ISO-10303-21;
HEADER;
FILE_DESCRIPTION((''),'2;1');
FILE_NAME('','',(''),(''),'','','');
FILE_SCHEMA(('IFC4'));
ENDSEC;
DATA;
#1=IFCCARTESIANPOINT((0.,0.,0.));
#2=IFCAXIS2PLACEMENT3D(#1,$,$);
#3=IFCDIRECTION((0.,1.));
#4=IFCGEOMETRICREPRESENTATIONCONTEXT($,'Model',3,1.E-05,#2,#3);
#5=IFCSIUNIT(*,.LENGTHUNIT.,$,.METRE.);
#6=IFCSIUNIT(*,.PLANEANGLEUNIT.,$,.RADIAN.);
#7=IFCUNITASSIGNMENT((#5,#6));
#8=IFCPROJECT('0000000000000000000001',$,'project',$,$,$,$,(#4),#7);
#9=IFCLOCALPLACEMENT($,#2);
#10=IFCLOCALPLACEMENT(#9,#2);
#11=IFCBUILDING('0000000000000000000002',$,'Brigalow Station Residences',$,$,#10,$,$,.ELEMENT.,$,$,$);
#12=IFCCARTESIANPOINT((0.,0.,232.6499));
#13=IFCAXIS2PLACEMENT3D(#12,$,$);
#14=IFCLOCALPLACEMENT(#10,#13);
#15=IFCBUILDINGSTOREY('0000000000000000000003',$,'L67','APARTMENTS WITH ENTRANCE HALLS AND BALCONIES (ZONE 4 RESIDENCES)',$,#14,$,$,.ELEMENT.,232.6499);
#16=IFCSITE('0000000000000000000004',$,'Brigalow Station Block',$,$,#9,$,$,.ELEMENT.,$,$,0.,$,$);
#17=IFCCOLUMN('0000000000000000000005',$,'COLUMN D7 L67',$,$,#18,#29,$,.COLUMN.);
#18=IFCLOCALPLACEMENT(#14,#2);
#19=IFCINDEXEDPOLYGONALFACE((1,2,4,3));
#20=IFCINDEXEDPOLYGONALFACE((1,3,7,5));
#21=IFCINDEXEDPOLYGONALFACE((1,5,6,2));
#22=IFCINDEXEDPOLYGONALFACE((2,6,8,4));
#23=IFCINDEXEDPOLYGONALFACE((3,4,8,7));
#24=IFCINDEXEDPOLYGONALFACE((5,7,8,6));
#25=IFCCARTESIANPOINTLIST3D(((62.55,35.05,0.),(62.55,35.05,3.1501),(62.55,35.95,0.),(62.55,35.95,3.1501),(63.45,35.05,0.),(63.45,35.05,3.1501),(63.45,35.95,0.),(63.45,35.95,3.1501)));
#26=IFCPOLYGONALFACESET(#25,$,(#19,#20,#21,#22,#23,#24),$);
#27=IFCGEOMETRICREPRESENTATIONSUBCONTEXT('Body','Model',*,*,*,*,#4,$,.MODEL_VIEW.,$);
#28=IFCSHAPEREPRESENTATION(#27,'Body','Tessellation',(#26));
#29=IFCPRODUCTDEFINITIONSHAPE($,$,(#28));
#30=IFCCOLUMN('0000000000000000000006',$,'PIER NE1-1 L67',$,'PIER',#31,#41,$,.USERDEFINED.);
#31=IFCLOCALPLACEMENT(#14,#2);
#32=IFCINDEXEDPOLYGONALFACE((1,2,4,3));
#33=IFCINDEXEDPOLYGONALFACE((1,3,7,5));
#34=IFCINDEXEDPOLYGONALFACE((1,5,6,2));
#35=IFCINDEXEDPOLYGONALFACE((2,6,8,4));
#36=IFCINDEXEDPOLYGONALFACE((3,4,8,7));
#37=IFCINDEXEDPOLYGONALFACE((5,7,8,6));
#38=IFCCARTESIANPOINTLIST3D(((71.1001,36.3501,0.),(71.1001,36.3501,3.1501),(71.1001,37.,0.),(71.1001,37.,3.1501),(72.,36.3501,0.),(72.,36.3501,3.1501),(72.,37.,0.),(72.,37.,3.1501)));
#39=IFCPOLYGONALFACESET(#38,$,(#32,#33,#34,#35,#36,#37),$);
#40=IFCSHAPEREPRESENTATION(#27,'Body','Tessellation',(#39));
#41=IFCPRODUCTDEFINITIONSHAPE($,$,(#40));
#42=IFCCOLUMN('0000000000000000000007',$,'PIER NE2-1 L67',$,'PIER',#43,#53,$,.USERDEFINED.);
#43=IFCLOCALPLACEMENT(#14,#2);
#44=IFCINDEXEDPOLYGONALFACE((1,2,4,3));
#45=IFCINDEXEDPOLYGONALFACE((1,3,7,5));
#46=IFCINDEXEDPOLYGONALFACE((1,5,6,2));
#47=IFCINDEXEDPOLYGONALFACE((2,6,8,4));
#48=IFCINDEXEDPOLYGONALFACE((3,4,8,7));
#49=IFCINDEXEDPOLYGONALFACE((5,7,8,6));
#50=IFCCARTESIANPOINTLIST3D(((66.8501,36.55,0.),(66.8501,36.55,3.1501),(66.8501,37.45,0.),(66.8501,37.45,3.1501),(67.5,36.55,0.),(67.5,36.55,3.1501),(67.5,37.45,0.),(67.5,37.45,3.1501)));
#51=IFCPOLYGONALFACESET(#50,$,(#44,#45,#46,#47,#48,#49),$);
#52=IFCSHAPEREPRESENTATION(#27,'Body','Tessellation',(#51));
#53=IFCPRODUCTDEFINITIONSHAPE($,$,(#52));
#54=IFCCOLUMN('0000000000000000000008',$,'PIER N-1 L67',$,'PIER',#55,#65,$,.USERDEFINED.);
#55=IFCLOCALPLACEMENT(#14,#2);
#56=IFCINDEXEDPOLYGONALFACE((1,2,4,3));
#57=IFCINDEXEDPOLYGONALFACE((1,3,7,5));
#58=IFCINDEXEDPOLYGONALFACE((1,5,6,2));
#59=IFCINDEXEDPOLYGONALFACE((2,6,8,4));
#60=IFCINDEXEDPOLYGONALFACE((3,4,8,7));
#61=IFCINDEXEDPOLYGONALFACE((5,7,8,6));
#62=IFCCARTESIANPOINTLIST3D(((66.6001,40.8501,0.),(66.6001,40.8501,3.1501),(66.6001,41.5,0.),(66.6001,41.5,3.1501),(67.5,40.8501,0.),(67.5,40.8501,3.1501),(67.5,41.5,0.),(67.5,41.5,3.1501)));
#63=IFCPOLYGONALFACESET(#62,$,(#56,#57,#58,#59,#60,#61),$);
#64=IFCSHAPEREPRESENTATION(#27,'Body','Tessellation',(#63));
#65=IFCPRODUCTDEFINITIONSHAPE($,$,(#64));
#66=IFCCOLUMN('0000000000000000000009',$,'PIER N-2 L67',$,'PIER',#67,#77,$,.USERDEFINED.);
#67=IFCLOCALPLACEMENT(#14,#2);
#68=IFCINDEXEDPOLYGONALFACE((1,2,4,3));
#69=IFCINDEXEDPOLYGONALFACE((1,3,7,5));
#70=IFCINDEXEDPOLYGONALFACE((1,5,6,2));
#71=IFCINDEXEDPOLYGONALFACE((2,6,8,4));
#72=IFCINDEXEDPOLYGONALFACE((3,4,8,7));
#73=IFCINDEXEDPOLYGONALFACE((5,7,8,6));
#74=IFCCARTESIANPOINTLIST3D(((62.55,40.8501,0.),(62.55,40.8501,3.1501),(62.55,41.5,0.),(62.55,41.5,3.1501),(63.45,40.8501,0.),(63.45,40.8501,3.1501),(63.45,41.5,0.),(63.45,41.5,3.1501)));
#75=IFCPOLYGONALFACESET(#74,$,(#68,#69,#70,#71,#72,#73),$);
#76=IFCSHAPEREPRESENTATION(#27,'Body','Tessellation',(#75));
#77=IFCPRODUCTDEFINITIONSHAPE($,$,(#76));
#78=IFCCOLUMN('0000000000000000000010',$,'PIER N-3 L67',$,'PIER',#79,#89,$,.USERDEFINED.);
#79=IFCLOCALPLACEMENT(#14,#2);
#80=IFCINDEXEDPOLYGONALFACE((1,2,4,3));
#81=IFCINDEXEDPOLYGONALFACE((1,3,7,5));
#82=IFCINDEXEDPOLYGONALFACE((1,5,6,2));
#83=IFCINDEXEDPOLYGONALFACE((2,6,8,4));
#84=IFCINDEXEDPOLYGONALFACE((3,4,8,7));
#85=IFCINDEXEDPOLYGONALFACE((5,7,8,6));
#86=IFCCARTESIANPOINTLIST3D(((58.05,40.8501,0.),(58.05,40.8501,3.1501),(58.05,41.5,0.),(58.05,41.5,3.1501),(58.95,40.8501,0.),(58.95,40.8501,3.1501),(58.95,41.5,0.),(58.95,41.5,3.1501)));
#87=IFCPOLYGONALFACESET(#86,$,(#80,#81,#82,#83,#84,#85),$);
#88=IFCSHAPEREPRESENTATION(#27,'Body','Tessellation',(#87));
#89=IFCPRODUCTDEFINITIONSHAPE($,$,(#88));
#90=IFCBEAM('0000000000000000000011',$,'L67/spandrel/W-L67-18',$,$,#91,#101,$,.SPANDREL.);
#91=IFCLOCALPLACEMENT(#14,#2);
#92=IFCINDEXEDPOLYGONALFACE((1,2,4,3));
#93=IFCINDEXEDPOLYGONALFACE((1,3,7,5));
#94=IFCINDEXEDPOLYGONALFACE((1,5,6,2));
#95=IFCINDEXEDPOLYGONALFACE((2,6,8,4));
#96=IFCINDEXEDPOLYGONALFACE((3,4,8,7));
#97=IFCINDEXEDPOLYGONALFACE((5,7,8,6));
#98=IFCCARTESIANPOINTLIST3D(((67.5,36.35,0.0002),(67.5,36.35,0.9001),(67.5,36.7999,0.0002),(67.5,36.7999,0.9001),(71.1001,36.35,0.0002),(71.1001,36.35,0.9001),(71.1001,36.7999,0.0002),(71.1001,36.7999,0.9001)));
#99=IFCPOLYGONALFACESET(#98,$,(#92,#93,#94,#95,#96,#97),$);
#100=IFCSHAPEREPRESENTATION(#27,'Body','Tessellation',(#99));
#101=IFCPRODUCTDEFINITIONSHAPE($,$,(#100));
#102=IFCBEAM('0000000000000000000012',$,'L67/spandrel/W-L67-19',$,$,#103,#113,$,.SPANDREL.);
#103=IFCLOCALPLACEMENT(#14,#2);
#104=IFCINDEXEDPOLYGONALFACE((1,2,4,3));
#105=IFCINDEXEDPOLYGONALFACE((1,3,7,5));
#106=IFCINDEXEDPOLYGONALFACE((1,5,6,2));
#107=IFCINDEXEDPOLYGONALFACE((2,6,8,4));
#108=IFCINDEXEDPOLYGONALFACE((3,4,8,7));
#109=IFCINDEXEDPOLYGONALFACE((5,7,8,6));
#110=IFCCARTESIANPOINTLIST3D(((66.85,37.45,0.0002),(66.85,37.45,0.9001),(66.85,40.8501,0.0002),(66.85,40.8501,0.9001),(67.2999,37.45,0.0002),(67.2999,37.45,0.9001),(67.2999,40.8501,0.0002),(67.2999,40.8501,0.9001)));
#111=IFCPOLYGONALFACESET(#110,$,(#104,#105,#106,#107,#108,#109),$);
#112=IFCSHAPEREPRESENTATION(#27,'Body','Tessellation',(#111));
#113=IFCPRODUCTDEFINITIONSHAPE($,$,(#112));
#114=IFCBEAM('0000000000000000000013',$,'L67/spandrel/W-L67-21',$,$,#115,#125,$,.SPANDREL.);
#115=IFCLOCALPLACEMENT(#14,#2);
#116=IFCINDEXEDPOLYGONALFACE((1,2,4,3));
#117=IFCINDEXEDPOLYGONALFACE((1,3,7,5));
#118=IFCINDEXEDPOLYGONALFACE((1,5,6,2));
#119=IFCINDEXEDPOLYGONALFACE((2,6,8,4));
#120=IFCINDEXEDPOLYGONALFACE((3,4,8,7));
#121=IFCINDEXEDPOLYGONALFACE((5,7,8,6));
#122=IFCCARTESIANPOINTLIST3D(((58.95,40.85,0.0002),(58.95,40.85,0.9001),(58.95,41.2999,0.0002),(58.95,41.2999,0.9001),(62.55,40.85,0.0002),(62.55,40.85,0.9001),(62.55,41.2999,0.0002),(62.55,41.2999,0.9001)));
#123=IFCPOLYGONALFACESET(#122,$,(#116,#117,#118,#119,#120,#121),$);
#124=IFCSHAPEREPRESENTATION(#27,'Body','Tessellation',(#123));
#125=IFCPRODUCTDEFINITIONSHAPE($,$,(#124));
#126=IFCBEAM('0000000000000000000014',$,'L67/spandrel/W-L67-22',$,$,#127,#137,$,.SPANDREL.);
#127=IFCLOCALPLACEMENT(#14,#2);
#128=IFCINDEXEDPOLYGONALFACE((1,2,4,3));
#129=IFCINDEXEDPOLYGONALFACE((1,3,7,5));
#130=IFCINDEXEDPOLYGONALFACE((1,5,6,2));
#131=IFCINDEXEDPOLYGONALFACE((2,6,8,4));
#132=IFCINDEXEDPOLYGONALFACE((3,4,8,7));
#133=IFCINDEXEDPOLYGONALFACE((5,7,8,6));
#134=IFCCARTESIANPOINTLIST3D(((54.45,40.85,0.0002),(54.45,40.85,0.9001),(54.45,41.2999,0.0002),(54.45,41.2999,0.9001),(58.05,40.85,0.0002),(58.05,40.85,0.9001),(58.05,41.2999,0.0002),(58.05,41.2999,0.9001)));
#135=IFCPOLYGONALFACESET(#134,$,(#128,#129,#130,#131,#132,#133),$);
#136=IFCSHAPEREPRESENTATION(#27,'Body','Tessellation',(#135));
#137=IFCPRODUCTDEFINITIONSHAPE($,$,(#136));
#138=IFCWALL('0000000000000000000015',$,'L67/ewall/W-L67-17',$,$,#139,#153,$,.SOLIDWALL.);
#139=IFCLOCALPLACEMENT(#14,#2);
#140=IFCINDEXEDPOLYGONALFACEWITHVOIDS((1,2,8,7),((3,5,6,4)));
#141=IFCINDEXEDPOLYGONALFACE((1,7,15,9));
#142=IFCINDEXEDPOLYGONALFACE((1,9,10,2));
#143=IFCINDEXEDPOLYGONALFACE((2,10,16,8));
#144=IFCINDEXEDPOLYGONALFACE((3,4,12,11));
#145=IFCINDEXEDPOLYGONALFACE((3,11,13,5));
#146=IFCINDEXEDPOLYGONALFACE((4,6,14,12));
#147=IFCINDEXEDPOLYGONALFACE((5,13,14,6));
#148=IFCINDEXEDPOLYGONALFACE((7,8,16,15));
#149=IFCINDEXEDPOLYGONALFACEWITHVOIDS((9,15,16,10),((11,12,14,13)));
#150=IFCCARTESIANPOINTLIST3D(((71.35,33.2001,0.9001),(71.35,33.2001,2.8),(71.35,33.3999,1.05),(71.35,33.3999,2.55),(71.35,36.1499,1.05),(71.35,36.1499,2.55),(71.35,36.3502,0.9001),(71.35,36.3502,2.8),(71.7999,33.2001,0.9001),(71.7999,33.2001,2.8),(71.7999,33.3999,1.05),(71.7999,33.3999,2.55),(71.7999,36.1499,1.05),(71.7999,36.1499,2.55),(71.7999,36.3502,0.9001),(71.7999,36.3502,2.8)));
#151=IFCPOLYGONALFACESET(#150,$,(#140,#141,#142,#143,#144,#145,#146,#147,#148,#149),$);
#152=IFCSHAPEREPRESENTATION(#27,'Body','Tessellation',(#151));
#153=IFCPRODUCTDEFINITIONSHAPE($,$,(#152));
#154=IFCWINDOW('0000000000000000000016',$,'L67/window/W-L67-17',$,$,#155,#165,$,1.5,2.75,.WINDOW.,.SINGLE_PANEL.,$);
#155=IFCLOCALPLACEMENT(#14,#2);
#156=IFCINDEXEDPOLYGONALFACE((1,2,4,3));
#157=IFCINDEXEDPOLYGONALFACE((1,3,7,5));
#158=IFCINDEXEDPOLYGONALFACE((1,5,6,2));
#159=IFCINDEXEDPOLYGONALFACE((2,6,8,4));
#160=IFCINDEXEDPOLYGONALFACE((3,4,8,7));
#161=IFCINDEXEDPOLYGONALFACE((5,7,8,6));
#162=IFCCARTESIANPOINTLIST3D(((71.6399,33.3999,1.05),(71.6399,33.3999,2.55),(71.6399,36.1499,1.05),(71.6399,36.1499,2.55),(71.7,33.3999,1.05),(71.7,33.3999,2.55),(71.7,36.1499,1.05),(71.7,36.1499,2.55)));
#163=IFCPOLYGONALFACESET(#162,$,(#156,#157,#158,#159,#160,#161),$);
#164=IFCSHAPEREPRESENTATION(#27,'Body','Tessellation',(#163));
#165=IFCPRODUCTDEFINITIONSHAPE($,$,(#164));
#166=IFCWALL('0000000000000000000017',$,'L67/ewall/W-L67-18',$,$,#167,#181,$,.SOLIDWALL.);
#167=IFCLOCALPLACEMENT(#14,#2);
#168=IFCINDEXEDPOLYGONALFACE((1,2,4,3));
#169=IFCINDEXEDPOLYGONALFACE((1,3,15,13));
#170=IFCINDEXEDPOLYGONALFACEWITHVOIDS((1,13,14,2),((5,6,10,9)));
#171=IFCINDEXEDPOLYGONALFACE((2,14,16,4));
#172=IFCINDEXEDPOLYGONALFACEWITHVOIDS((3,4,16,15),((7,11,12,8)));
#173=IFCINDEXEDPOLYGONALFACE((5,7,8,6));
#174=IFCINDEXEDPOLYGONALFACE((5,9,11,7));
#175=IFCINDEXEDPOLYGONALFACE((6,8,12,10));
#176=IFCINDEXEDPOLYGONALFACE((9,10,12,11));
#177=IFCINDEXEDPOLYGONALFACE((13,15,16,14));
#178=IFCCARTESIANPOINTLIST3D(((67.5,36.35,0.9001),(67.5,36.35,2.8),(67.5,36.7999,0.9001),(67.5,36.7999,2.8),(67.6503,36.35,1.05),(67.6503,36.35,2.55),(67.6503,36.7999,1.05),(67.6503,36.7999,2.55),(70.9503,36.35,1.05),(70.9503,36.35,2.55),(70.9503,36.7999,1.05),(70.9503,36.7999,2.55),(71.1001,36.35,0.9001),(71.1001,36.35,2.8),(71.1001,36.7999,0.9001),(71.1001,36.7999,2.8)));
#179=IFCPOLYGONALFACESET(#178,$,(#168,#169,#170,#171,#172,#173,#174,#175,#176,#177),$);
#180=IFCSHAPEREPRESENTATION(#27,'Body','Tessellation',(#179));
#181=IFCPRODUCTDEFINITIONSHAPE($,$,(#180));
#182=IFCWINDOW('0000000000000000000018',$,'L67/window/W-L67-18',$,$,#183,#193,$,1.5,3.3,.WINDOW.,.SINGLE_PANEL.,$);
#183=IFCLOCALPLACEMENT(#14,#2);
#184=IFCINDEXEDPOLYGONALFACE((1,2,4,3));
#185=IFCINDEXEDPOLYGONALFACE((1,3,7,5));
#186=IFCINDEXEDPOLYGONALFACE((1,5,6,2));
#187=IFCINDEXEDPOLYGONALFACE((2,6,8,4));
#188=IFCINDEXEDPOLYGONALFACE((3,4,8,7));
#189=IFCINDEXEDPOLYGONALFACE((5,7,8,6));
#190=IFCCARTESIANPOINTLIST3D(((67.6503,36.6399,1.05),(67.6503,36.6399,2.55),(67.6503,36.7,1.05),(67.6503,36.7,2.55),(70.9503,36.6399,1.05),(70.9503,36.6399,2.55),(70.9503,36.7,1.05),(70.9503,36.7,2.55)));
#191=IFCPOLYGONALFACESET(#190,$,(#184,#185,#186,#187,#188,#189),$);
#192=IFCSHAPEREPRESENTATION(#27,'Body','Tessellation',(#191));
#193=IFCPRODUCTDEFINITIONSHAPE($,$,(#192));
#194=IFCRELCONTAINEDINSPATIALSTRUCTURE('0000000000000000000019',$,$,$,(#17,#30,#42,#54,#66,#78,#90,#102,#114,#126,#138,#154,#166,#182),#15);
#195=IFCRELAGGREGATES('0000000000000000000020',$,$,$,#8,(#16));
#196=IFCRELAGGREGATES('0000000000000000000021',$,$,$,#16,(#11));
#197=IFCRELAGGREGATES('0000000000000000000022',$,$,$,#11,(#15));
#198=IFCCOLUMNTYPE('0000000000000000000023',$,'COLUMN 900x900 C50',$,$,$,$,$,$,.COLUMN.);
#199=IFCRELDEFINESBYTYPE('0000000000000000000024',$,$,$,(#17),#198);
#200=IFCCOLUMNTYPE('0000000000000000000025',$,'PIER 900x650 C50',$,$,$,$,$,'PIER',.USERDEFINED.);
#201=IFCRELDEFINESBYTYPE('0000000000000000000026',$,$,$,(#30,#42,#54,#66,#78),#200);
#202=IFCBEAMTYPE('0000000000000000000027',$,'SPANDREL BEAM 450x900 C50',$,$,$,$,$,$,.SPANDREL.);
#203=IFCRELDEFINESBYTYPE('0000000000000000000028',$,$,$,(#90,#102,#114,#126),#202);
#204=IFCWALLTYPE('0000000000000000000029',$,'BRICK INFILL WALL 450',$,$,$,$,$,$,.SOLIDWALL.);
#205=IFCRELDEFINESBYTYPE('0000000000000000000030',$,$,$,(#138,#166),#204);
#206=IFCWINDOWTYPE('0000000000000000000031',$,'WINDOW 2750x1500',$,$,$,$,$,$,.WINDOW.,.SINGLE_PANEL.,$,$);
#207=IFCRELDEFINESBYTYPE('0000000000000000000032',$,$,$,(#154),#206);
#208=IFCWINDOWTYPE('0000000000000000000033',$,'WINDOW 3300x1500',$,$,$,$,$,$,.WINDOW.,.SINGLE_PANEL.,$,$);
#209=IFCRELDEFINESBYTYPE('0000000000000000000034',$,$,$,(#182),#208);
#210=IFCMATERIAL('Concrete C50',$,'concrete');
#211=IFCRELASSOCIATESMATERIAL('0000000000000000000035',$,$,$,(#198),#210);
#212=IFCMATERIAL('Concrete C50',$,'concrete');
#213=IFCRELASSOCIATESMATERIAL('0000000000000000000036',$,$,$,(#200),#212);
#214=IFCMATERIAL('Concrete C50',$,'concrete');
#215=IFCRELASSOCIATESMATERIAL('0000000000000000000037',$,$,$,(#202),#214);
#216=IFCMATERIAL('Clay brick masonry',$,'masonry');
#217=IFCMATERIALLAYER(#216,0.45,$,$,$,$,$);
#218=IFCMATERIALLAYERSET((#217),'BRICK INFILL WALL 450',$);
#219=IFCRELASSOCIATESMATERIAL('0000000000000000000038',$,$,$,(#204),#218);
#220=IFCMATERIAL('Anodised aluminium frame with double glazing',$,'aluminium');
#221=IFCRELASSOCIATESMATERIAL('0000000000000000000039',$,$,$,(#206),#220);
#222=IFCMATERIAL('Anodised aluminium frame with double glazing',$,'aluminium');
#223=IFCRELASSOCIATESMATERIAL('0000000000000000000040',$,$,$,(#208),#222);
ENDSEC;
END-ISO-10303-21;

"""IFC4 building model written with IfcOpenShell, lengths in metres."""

from ifc_helpers import new_model, si_unit, direction, frame, frame_2d, origin, origin_2d, place, context, subcontext, project, spatial, rectangle, extrude, material, layer, layer_set, material_profile, profile_set, type_object, element, fill, save


model = new_model("IFC4")

# Units and contexts
model_context = context("Model", 3, precision=1e-05, world=origin(), true_north=direction((0.0, 1.0)))
body_context = subcontext(model_context, "Body", "Model", "MODEL_VIEW")
ifc_project = project(units=[si_unit("LENGTHUNIT", "METRE"), si_unit("PLANEANGLEUNIT", "RADIAN")], contexts=[model_context])

# Site, building, storey
site_placement = place(None, origin())
site = spatial("IfcSite", under=ifc_project, at=site_placement, Name="Brigalow Station Block", CompositionType="ELEMENT", RefElevation=0.0)
building_placement = place(site_placement, origin())
building = spatial("IfcBuilding", under=site, at=building_placement, Name="Brigalow Station Residences", CompositionType="ELEMENT")
storey_placement = place(building_placement, frame((0.0, 0.0, 232.6499)))
storey = spatial("IfcBuildingStorey", under=building, at=storey_placement, Name="L67", Description="APARTMENTS WITH ENTRANCE HALLS AND BALCONIES (ZONE 4 RESIDENCES)", CompositionType="ELEMENT", Elevation=232.6499)

# Columns
ifc_material_1 = material(Name="Concrete C50", Category="concrete")
ifc_material_profile_1 = material_profile(ifc_material_1, rectangle(XDim=0.8999, YDim=0.8999, at=origin_2d()), Name="RC900x900")
ifc_profile_set_1 = profile_set([ifc_material_profile_1], Name="Concrete C50")
column_type_1 = type_object("IfcColumnType", Name="COLUMN 900x900 C50", PredefinedType="COLUMN", material=ifc_profile_set_1)
column_placement = place(storey_placement, frame((63.0, 35.5, 0.0), z_axis=(0.0, 0.0, 1.0), x_axis=(1.0, 0.0, 0.0)))
element("IfcColumn", 1, at=column_placement, inside=storey, type_object=column_type_1, Name="COLUMN D7 L67", PredefinedType="COLUMN", context=body_context, shape_type="SweptSolid", body=[
    extrude(rectangle(XDim=0.8999, YDim=0.8999, at=origin_2d()), origin(), (0.0, 0.0, 1.0), 3.1501),
])
ifc_material_2 = material(Name="Concrete C50", Category="concrete")
ifc_material_profile_2 = material_profile(ifc_material_2, rectangle(XDim=0.8999, YDim=0.6499, at=origin_2d()), Name="RC900x650")
ifc_profile_set_2 = profile_set([ifc_material_profile_2], Name="Concrete C50")
column_type_2 = type_object("IfcColumnType", Name="PIER 900x650 C50", ElementType="PIER", PredefinedType="USERDEFINED", material=ifc_profile_set_2)
for number, where, z_axis, x_axis, name in (
    (2, (71.55, 36.675, 0.0), (0.0, 0.0, 1.0), (-1.0, 0.0, 0.0), "PIER NE1-1 L67"),
    (3, (67.175, 37.0, 0.0), (0.0, 0.0, 1.0), (0.0, 1.0, 0.0), "PIER NE2-1 L67"),
    (4, (67.05, 41.175, 0.0), (0.0, 0.0, 1.0), (-1.0, 0.0, 0.0), "PIER N-1 L67"),
    (5, (63.0, 41.175, 0.0), (0.0, 0.0, 1.0), (-1.0, 0.0, 0.0), "PIER N-2 L67"),
    (6, (58.5, 41.175, 0.0), (0.0, 0.0, 1.0), (-1.0, 0.0, 0.0), "PIER N-3 L67"),
):
    element("IfcColumn", number, at=place(storey_placement, frame(where, z_axis=z_axis, x_axis=x_axis)), inside=storey, type_object=column_type_2, Name=name, ObjectType="PIER", PredefinedType="USERDEFINED", context=body_context, shape_type="SweptSolid", body=[
        extrude(rectangle(XDim=0.8999, YDim=0.6499, at=origin_2d()), origin(), (0.0, 0.0, 1.0), 3.1501),
    ])

# Beams
ifc_material_3 = material(Name="Concrete C50", Category="concrete")
ifc_material_profile_3 = material_profile(ifc_material_3, rectangle(XDim=0.45, YDim=0.8999, at=origin_2d()), Name="RC450x900")
ifc_profile_set_3 = profile_set([ifc_material_profile_3], Name="Concrete C50")
beam_type = type_object("IfcBeamType", Name="SPANDREL BEAM 450x900 C50", PredefinedType="SPANDREL", material=ifc_profile_set_3)
beam_1_placement = place(storey_placement, frame((71.1001, 36.575, 0.4502), z_axis=(-1.0, 0.0, 0.0), x_axis=(0.0, -1.0, 0.0)))
element("IfcBeam", 7, at=beam_1_placement, inside=storey, type_object=beam_type, Name="L67/spandrel/W-L67-18", PredefinedType="SPANDREL", context=body_context, shape_type="SweptSolid", body=[
    extrude(rectangle(XDim=0.45, YDim=0.8999, at=origin_2d()), origin(), (0.0, 0.0, 1.0), 3.6001),
])
beam_2_placement = place(storey_placement, frame((67.075, 37.45, 0.4502), z_axis=(0.0, 1.0, 0.0), x_axis=(-1.0, 0.0, 0.0)))
element("IfcBeam", 8, at=beam_2_placement, inside=storey, type_object=beam_type, Name="L67/spandrel/W-L67-19", PredefinedType="SPANDREL", context=body_context, shape_type="SweptSolid", body=[
    extrude(rectangle(XDim=0.45, YDim=0.8999, at=origin_2d()), origin(), (0.0, 0.0, 1.0), 3.4001),
])
for number, where, z_axis, x_axis, name in (
    (9, (62.55, 41.075, 0.4502), (-1.0, 0.0, 0.0), (0.0, -1.0, 0.0), "L67/spandrel/W-L67-21"),
    (10, (58.05, 41.075, 0.4502), (-1.0, 0.0, 0.0), (0.0, -1.0, 0.0), "L67/spandrel/W-L67-22"),
):
    element("IfcBeam", number, at=place(storey_placement, frame(where, z_axis=z_axis, x_axis=x_axis)), inside=storey, type_object=beam_type, Name=name, PredefinedType="SPANDREL", context=body_context, shape_type="SweptSolid", body=[
        extrude(rectangle(XDim=0.45, YDim=0.8999, at=origin_2d()), origin(), (0.0, 0.0, 1.0), 3.6001),
    ])

# Walls, openings, windows
ifc_material_4 = material(Name="Clay brick masonry", Category="masonry")
ifc_layer_1 = layer(ifc_material_4, 0.45)
ifc_layer_set_1 = layer_set([ifc_layer_1], Name="BRICK INFILL WALL 450")
wall_type_1 = type_object("IfcWallType", Name="BRICK INFILL WALL 450", PredefinedType="SOLIDWALL", material=ifc_layer_set_1)
wall_1_placement = place(storey_placement, frame((71.575, 33.2, 0.9001), z_axis=(0.0, 0.0, 1.0), x_axis=(0.0, 1.0, 0.0)))
wall_1 = element("IfcWall", 11, at=wall_1_placement, inside=storey, type_object=wall_type_1, Name="L67/ewall/W-L67-17", PredefinedType="SOLIDWALL", context=body_context, shape_type="SweptSolid", body=[
    extrude(rectangle(XDim=3.1501, YDim=0.45, at=frame_2d((1.5752, 0.0))), origin(), (0.0, 0.0, 1.0), 1.8999),
])
opening_1_placement = place(wall_1_placement, frame((0.2, 0.0, 0.1499)))
opening_1 = element("IfcOpeningElement", 12, at=opening_1_placement, cuts=wall_1, PredefinedType="OPENING", context=body_context, shape_type="SweptSolid", body=[
    extrude(rectangle(XDim=2.75, YDim=1.5, at=frame_2d((1.375, 0.75))), frame((0.0, 0.2349, 0.0), z_axis=(0.0, -1.0, 0.0), x_axis=(1.0, 0.0, 0.0)), (0.0, 0.0, 1.0), 0.47),
])
ifc_material_5 = material(Name="Anodised aluminium frame with double glazing", Category="aluminium")
window_type_1 = type_object("IfcWindowType", Name="WINDOW 2750x1500", PartitioningType="SINGLE_PANEL", PredefinedType="WINDOW", material=ifc_material_5)
window_1_placement = place(opening_1_placement, origin())
window_1 = element("IfcWindow", 13, at=window_1_placement, inside=storey, type_object=window_type_1, Name="L67/window/W-L67-17", OverallHeight=1.5, OverallWidth=2.75, PartitioningType="SINGLE_PANEL", PredefinedType="WINDOW", context=body_context, shape_type="SweptSolid", body=[
    extrude(rectangle(XDim=2.75, YDim=1.5, at=frame_2d((1.375, 0.75))), frame((0.0, -0.0649, 0.0), z_axis=(0.0, -1.0, 0.0), x_axis=(1.0, 0.0, 0.0)), (0.0, 0.0, 1.0), 0.0601),
])
fill(opening_1, window_1)
wall_2_placement = place(storey_placement, frame((71.1001, 36.575, 0.9001), z_axis=(0.0, 0.0, 1.0), x_axis=(-1.0, 0.0, 0.0)))
wall_2 = element("IfcWall", 14, at=wall_2_placement, inside=storey, type_object=wall_type_1, Name="L67/ewall/W-L67-18", PredefinedType="SOLIDWALL", context=body_context, shape_type="SweptSolid", body=[
    extrude(rectangle(XDim=3.6001, YDim=0.45, at=frame_2d((1.8, 0.0))), origin(), (0.0, 0.0, 1.0), 1.8999),
])
opening_2_placement = place(wall_2_placement, frame((0.1499, 0.0, 0.1499)))
opening_2 = element("IfcOpeningElement", 15, at=opening_2_placement, cuts=wall_2, PredefinedType="OPENING", context=body_context, shape_type="SweptSolid", body=[
    extrude(rectangle(XDim=3.3, YDim=1.5, at=frame_2d((1.6499, 0.75))), frame((0.0, 0.2349, 0.0), z_axis=(0.0, -1.0, 0.0), x_axis=(1.0, 0.0, 0.0)), (0.0, 0.0, 1.0), 0.47),
])
ifc_material_6 = material(Name="Anodised aluminium frame with double glazing", Category="aluminium")
window_type_2 = type_object("IfcWindowType", Name="WINDOW 3300x1500", PartitioningType="SINGLE_PANEL", PredefinedType="WINDOW", material=ifc_material_6)
window_2_placement = place(opening_2_placement, origin())
window_2 = element("IfcWindow", 16, at=window_2_placement, inside=storey, type_object=window_type_2, Name="L67/window/W-L67-18", OverallHeight=1.5, OverallWidth=3.3, PartitioningType="SINGLE_PANEL", PredefinedType="WINDOW", context=body_context, shape_type="SweptSolid", body=[
    extrude(rectangle(XDim=3.3, YDim=1.5, at=frame_2d((1.6499, 0.75))), frame((0.0, -0.0649, 0.0), z_axis=(0.0, -1.0, 0.0), x_axis=(1.0, 0.0, 0.0)), (0.0, 0.0, 1.0), 0.0601),
])
fill(opening_2, window_2)

save(model, "model.ifc")
